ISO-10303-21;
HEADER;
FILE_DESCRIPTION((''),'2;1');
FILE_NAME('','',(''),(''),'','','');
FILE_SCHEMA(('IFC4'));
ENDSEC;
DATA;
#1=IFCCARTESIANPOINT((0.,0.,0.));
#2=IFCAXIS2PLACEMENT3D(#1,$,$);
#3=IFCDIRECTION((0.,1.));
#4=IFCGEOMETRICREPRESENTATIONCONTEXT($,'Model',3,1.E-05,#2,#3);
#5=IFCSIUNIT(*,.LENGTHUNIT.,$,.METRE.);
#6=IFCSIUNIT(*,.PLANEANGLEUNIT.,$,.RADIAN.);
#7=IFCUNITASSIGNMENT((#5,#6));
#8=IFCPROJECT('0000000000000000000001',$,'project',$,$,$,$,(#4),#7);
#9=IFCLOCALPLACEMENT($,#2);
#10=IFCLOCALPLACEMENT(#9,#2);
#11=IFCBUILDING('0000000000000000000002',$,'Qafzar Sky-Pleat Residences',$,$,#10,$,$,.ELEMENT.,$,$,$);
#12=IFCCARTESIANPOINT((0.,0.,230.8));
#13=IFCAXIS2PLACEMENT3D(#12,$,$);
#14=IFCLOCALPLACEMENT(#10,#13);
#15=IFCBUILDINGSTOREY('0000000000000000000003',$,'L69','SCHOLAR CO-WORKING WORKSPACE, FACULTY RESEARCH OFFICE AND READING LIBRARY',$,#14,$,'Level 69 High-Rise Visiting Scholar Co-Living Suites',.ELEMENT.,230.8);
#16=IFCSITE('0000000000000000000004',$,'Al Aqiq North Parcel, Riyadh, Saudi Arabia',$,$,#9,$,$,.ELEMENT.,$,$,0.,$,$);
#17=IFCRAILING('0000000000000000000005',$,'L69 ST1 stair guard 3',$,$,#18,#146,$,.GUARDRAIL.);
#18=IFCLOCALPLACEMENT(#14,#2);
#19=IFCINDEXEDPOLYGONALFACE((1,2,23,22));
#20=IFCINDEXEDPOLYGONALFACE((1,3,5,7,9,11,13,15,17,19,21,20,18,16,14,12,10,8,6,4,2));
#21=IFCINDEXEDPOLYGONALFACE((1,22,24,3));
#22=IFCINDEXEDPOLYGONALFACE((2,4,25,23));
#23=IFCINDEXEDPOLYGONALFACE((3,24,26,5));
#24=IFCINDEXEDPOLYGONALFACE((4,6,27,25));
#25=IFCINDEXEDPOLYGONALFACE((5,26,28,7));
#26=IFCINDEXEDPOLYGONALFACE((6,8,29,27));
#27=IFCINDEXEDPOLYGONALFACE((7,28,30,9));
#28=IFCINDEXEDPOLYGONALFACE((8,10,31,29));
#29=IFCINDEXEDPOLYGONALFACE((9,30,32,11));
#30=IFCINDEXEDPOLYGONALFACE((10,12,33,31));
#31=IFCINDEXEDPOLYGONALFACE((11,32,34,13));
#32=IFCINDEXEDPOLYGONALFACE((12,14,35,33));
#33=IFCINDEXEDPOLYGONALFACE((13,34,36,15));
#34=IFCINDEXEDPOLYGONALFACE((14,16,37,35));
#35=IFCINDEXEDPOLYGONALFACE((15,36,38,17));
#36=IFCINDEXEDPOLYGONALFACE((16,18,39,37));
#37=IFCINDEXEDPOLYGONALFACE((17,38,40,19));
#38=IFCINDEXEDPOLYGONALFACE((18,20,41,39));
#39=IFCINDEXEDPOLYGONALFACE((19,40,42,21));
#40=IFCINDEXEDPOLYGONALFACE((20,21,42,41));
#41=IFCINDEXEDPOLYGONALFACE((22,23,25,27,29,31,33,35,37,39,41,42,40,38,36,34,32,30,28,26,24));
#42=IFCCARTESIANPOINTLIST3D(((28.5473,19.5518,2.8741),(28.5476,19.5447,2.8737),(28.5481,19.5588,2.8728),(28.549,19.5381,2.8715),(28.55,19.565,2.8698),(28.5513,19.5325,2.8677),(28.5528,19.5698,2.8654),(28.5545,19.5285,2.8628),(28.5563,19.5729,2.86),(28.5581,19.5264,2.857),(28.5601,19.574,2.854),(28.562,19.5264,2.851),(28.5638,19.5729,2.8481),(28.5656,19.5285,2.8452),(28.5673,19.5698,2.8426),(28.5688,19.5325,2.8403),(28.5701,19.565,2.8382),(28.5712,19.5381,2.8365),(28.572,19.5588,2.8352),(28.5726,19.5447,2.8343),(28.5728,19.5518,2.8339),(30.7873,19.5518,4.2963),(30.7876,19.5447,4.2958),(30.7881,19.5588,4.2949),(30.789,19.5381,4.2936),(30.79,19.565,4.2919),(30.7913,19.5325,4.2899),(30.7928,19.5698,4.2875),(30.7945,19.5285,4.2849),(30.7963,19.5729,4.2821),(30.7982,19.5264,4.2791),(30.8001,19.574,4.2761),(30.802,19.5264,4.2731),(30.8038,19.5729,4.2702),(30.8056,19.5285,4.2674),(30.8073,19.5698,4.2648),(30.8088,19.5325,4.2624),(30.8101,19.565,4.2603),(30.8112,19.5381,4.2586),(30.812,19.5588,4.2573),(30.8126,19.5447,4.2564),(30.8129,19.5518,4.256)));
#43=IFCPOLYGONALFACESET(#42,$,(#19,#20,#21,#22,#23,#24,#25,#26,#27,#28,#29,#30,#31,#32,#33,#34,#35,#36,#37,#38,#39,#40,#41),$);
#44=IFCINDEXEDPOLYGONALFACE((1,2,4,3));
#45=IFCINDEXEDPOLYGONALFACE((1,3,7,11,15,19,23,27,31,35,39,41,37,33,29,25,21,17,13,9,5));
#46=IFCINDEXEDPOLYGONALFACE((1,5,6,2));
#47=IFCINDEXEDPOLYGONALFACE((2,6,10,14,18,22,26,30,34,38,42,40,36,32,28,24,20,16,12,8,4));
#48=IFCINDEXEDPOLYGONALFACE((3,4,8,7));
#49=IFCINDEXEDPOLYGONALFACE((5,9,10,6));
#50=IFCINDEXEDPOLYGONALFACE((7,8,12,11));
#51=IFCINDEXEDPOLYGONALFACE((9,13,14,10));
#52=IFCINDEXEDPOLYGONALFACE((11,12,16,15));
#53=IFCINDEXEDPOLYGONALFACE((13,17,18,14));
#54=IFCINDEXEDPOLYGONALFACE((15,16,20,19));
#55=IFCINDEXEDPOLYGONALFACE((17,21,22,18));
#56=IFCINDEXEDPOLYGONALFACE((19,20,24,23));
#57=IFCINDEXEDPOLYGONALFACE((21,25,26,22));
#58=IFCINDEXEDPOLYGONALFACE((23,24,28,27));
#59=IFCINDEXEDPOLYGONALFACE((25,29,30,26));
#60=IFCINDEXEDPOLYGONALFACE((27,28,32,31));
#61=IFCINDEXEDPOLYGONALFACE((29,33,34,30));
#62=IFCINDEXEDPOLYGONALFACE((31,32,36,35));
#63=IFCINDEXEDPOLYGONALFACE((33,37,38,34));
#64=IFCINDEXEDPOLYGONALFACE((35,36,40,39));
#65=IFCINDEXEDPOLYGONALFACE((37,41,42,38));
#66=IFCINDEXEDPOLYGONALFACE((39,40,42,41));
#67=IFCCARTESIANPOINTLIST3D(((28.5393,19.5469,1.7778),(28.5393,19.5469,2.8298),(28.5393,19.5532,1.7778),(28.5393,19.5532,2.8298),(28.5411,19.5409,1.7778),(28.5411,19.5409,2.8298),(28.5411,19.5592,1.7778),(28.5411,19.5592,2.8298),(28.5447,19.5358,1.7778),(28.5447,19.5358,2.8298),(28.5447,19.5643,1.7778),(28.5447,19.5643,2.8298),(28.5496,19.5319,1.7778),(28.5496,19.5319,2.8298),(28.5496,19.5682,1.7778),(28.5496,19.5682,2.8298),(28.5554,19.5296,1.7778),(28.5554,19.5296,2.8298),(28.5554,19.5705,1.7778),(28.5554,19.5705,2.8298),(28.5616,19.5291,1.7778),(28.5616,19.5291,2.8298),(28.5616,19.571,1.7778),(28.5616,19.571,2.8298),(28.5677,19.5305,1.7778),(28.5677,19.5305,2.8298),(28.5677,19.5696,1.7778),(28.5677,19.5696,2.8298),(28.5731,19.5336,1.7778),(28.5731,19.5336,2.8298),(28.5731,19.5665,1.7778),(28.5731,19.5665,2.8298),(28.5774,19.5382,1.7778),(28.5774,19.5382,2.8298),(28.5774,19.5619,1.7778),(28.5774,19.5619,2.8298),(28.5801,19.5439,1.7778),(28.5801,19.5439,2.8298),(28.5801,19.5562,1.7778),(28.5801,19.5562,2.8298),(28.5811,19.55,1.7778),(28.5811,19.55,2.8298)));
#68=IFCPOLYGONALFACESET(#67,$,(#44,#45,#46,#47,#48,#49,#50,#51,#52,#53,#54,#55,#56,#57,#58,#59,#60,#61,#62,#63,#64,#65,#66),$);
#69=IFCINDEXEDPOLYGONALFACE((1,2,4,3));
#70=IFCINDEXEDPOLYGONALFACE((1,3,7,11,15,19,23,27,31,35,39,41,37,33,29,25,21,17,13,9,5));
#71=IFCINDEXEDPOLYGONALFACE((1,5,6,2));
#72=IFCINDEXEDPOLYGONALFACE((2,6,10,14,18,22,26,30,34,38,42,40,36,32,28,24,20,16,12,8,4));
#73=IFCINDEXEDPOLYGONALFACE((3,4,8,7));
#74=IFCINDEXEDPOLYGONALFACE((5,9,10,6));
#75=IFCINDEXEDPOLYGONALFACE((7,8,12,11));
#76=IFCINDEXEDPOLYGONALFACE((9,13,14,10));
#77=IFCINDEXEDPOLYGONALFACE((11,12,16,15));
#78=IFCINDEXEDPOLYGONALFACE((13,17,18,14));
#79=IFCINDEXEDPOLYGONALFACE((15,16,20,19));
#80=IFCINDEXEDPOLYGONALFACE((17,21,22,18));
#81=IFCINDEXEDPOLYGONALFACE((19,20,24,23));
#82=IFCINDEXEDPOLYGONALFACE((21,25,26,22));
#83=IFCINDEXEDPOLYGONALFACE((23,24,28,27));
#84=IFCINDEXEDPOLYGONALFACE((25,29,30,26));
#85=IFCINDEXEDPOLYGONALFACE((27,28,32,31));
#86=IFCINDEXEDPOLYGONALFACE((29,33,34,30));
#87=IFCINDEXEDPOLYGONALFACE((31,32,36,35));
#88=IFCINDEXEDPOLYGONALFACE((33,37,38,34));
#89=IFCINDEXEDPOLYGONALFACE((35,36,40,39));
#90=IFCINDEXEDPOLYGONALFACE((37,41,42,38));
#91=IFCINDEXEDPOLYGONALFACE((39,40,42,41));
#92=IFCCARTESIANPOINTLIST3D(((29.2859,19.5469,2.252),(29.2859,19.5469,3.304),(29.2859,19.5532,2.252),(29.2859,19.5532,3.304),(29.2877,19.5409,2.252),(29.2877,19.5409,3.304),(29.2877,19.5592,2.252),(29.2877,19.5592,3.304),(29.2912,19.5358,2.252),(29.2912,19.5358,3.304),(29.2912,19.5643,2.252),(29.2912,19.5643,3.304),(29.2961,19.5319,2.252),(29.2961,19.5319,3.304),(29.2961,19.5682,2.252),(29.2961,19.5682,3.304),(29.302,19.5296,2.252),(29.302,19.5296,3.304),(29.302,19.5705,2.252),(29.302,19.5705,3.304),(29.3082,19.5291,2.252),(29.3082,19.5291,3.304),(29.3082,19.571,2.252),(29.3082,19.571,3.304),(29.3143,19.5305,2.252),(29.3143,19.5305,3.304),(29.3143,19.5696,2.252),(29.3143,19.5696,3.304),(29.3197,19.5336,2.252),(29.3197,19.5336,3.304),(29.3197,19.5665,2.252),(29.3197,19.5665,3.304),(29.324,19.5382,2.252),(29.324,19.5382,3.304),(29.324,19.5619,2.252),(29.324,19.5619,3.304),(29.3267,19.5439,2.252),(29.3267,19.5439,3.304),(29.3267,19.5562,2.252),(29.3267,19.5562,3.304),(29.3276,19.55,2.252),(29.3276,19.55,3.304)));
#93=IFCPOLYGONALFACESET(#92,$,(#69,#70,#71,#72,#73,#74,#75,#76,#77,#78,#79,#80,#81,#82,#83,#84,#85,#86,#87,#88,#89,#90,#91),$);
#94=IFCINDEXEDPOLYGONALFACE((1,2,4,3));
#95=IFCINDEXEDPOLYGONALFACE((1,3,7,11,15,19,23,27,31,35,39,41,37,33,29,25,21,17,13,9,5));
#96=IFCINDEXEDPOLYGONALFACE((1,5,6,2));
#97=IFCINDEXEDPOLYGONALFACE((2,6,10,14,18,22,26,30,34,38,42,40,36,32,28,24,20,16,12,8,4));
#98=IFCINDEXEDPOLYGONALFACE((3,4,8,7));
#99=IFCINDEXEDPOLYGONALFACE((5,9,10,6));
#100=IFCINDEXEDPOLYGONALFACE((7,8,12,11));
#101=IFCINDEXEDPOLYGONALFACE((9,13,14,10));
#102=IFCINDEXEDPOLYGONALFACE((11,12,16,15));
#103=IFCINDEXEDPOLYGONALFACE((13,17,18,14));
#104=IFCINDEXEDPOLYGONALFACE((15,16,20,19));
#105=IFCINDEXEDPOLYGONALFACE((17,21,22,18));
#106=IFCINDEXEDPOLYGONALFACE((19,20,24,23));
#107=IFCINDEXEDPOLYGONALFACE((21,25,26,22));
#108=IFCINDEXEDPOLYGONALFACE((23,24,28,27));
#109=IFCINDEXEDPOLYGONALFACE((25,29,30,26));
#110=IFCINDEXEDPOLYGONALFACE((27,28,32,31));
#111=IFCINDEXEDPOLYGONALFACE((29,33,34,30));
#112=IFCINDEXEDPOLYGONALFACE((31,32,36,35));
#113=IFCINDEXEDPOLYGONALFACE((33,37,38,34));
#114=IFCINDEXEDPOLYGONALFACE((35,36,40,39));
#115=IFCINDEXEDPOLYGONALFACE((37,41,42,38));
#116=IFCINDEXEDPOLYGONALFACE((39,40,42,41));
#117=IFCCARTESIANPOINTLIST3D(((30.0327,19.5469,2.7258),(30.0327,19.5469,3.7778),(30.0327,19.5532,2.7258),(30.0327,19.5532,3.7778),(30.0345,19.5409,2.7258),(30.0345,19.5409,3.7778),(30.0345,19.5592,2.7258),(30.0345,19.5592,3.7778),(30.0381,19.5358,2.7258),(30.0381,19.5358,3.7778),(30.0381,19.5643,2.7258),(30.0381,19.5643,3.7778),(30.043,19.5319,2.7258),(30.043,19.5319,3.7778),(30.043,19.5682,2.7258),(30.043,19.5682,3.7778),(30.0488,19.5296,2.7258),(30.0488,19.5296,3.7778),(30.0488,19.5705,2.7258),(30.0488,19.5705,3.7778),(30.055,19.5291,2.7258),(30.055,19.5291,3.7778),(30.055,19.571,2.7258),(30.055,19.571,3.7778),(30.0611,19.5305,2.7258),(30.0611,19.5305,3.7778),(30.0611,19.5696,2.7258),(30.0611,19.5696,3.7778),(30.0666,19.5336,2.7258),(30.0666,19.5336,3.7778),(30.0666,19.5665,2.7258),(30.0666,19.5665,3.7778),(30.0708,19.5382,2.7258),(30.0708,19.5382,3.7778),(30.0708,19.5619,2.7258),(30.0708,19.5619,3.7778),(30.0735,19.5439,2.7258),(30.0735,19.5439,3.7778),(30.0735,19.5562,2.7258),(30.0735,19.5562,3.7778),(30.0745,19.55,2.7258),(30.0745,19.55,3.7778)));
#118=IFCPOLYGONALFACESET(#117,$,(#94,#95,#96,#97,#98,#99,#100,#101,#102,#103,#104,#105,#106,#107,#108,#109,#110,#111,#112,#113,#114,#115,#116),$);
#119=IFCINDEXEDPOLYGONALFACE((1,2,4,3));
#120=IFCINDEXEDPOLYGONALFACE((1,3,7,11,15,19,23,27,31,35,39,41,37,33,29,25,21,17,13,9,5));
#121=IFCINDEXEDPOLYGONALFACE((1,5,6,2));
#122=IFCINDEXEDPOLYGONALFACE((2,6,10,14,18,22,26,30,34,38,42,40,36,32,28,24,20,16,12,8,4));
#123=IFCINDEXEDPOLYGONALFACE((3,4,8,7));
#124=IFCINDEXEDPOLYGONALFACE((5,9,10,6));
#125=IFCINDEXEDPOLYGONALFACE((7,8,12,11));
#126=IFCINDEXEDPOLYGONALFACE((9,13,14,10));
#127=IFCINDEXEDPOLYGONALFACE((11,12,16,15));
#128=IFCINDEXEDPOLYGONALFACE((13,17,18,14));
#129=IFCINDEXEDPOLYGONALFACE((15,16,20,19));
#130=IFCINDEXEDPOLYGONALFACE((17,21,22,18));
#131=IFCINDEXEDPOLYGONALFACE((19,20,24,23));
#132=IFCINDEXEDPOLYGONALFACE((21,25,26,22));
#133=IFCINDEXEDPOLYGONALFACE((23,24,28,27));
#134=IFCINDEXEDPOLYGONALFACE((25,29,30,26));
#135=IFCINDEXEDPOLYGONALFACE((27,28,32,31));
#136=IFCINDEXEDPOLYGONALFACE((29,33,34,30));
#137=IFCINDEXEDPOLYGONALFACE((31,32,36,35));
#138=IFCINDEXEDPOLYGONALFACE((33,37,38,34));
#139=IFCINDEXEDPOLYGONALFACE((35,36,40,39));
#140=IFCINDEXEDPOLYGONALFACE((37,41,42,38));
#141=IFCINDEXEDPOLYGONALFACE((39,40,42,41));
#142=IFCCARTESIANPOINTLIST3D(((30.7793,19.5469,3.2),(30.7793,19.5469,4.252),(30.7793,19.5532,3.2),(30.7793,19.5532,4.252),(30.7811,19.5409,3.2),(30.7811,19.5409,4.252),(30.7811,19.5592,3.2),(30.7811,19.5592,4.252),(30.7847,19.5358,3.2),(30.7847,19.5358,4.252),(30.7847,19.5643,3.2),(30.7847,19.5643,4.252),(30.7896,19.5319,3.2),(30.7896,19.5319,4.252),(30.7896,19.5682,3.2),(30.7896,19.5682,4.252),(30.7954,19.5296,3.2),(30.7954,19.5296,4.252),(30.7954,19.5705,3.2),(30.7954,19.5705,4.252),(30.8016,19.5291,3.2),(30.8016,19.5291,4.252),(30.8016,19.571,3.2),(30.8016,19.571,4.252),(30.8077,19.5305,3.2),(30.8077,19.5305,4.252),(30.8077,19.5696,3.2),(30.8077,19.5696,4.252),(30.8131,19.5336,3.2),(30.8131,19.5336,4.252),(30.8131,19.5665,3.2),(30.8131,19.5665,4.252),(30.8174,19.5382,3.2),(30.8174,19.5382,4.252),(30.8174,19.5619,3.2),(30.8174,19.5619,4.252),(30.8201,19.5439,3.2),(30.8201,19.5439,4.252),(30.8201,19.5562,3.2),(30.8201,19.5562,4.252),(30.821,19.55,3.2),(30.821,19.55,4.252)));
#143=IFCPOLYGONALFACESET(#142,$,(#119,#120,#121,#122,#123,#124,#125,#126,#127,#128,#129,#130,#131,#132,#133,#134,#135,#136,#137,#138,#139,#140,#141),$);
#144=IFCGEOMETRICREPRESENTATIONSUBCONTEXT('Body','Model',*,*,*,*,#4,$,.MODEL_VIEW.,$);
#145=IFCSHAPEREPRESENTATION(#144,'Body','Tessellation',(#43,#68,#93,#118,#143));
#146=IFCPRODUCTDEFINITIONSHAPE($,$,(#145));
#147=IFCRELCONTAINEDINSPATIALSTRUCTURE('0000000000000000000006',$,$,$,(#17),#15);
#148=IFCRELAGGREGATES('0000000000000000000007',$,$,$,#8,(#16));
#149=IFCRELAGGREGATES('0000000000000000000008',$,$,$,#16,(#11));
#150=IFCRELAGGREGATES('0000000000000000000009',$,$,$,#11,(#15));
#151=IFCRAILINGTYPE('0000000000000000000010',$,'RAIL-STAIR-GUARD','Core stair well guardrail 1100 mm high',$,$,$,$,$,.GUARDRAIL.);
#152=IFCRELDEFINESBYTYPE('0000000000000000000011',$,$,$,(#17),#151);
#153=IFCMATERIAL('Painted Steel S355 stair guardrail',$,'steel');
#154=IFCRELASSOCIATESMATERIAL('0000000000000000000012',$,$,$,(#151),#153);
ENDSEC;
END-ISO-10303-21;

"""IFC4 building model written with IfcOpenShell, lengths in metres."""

from ifc_helpers import new_model, si_unit, direction, frame, origin, origin_2d, place, context, subcontext, project, spatial, circle, extrude, source, transform, mapped, material, type_object, element, save


model = new_model("IFC4")

# Units and contexts
model_context = context("Model", 3, precision=1e-05, world=origin(), true_north=direction((0.0, 1.0)))
body_context = subcontext(model_context, "Body", "Model", "MODEL_VIEW")
ifc_project = project(units=[si_unit("LENGTHUNIT", "METRE"), si_unit("PLANEANGLEUNIT", "RADIAN")], contexts=[model_context])

# Site, building, storey
site_placement = place(None, origin())
site = spatial("IfcSite", under=ifc_project, at=site_placement, Name="Al Aqiq North Parcel, Riyadh, Saudi Arabia", CompositionType="ELEMENT", RefElevation=0.0)
building_placement = place(site_placement, origin())
building = spatial("IfcBuilding", under=site, at=building_placement, Name="Qafzar Sky-Pleat Residences", CompositionType="ELEMENT")
storey_placement = place(building_placement, frame((0.0, 0.0, 230.8)))
storey = spatial("IfcBuildingStorey", under=building, at=storey_placement, Name="L69", Description="SCHOLAR CO-WORKING WORKSPACE, FACULTY RESEARCH OFFICE AND READING LIBRARY", LongName="Level 69 High-Rise Visiting Scholar Co-Living Suites", CompositionType="ELEMENT", Elevation=230.8)

# Railing
ifc_material_1 = material(Name="Painted Steel S355 stair guardrail", Category="steel")
railing_type_1 = type_object("IfcRailingType", Name="RAIL-STAIR-GUARD", Description="Core stair well guardrail 1100 mm high", PredefinedType="GUARDRAIL", material=ifc_material_1)
shared_shape_1 = source(origin(), body_context, "Body", "SweptSolid", [
    extrude(circle(Radius=0.0239, at=origin_2d()), frame((0.0, 0.0, 1.0762), z_axis=(0.844229, 0.0, 0.535982), x_axis=(0.0, 1.0, 0.0)), (0.0, 0.0, 1.0), 2.6533),
    extrude(circle(Radius=0.021, at=origin_2d()), origin(), (0.0, 0.0, 1.0), 1.052),
    extrude(circle(Radius=0.021, at=origin_2d()), frame((0.7466, 0.0, 0.4741)), (0.0, 0.0, 1.0), 1.052),
    extrude(circle(Radius=0.021, at=origin_2d()), frame((1.4934, 0.0, 0.948)), (0.0, 0.0, 1.0), 1.052),
    extrude(circle(Radius=0.021, at=origin_2d()), frame((2.24, 0.0, 1.4221)), (0.0, 0.0, 1.0), 1.052),
])
railing_1_placement = place(storey_placement, frame((28.5601, 19.55, 1.7778)))
element("IfcRailing", 1, at=railing_1_placement, inside=storey, type_object=railing_type_1, Name="L69 ST1 stair guard 3", PredefinedType="GUARDRAIL", context=body_context, shape_type="MappedRepresentation", body=[
    mapped(shared_shape_1, transform((0.0, 0.0, 0.0), x_axis=(1.0, 0.0, 0.0), y_axis=(0.0, 1.0, 0.0), z_axis=(0.0, 0.0, 1.0), scale=1.0)),
])

save(model, "model.ifc")
